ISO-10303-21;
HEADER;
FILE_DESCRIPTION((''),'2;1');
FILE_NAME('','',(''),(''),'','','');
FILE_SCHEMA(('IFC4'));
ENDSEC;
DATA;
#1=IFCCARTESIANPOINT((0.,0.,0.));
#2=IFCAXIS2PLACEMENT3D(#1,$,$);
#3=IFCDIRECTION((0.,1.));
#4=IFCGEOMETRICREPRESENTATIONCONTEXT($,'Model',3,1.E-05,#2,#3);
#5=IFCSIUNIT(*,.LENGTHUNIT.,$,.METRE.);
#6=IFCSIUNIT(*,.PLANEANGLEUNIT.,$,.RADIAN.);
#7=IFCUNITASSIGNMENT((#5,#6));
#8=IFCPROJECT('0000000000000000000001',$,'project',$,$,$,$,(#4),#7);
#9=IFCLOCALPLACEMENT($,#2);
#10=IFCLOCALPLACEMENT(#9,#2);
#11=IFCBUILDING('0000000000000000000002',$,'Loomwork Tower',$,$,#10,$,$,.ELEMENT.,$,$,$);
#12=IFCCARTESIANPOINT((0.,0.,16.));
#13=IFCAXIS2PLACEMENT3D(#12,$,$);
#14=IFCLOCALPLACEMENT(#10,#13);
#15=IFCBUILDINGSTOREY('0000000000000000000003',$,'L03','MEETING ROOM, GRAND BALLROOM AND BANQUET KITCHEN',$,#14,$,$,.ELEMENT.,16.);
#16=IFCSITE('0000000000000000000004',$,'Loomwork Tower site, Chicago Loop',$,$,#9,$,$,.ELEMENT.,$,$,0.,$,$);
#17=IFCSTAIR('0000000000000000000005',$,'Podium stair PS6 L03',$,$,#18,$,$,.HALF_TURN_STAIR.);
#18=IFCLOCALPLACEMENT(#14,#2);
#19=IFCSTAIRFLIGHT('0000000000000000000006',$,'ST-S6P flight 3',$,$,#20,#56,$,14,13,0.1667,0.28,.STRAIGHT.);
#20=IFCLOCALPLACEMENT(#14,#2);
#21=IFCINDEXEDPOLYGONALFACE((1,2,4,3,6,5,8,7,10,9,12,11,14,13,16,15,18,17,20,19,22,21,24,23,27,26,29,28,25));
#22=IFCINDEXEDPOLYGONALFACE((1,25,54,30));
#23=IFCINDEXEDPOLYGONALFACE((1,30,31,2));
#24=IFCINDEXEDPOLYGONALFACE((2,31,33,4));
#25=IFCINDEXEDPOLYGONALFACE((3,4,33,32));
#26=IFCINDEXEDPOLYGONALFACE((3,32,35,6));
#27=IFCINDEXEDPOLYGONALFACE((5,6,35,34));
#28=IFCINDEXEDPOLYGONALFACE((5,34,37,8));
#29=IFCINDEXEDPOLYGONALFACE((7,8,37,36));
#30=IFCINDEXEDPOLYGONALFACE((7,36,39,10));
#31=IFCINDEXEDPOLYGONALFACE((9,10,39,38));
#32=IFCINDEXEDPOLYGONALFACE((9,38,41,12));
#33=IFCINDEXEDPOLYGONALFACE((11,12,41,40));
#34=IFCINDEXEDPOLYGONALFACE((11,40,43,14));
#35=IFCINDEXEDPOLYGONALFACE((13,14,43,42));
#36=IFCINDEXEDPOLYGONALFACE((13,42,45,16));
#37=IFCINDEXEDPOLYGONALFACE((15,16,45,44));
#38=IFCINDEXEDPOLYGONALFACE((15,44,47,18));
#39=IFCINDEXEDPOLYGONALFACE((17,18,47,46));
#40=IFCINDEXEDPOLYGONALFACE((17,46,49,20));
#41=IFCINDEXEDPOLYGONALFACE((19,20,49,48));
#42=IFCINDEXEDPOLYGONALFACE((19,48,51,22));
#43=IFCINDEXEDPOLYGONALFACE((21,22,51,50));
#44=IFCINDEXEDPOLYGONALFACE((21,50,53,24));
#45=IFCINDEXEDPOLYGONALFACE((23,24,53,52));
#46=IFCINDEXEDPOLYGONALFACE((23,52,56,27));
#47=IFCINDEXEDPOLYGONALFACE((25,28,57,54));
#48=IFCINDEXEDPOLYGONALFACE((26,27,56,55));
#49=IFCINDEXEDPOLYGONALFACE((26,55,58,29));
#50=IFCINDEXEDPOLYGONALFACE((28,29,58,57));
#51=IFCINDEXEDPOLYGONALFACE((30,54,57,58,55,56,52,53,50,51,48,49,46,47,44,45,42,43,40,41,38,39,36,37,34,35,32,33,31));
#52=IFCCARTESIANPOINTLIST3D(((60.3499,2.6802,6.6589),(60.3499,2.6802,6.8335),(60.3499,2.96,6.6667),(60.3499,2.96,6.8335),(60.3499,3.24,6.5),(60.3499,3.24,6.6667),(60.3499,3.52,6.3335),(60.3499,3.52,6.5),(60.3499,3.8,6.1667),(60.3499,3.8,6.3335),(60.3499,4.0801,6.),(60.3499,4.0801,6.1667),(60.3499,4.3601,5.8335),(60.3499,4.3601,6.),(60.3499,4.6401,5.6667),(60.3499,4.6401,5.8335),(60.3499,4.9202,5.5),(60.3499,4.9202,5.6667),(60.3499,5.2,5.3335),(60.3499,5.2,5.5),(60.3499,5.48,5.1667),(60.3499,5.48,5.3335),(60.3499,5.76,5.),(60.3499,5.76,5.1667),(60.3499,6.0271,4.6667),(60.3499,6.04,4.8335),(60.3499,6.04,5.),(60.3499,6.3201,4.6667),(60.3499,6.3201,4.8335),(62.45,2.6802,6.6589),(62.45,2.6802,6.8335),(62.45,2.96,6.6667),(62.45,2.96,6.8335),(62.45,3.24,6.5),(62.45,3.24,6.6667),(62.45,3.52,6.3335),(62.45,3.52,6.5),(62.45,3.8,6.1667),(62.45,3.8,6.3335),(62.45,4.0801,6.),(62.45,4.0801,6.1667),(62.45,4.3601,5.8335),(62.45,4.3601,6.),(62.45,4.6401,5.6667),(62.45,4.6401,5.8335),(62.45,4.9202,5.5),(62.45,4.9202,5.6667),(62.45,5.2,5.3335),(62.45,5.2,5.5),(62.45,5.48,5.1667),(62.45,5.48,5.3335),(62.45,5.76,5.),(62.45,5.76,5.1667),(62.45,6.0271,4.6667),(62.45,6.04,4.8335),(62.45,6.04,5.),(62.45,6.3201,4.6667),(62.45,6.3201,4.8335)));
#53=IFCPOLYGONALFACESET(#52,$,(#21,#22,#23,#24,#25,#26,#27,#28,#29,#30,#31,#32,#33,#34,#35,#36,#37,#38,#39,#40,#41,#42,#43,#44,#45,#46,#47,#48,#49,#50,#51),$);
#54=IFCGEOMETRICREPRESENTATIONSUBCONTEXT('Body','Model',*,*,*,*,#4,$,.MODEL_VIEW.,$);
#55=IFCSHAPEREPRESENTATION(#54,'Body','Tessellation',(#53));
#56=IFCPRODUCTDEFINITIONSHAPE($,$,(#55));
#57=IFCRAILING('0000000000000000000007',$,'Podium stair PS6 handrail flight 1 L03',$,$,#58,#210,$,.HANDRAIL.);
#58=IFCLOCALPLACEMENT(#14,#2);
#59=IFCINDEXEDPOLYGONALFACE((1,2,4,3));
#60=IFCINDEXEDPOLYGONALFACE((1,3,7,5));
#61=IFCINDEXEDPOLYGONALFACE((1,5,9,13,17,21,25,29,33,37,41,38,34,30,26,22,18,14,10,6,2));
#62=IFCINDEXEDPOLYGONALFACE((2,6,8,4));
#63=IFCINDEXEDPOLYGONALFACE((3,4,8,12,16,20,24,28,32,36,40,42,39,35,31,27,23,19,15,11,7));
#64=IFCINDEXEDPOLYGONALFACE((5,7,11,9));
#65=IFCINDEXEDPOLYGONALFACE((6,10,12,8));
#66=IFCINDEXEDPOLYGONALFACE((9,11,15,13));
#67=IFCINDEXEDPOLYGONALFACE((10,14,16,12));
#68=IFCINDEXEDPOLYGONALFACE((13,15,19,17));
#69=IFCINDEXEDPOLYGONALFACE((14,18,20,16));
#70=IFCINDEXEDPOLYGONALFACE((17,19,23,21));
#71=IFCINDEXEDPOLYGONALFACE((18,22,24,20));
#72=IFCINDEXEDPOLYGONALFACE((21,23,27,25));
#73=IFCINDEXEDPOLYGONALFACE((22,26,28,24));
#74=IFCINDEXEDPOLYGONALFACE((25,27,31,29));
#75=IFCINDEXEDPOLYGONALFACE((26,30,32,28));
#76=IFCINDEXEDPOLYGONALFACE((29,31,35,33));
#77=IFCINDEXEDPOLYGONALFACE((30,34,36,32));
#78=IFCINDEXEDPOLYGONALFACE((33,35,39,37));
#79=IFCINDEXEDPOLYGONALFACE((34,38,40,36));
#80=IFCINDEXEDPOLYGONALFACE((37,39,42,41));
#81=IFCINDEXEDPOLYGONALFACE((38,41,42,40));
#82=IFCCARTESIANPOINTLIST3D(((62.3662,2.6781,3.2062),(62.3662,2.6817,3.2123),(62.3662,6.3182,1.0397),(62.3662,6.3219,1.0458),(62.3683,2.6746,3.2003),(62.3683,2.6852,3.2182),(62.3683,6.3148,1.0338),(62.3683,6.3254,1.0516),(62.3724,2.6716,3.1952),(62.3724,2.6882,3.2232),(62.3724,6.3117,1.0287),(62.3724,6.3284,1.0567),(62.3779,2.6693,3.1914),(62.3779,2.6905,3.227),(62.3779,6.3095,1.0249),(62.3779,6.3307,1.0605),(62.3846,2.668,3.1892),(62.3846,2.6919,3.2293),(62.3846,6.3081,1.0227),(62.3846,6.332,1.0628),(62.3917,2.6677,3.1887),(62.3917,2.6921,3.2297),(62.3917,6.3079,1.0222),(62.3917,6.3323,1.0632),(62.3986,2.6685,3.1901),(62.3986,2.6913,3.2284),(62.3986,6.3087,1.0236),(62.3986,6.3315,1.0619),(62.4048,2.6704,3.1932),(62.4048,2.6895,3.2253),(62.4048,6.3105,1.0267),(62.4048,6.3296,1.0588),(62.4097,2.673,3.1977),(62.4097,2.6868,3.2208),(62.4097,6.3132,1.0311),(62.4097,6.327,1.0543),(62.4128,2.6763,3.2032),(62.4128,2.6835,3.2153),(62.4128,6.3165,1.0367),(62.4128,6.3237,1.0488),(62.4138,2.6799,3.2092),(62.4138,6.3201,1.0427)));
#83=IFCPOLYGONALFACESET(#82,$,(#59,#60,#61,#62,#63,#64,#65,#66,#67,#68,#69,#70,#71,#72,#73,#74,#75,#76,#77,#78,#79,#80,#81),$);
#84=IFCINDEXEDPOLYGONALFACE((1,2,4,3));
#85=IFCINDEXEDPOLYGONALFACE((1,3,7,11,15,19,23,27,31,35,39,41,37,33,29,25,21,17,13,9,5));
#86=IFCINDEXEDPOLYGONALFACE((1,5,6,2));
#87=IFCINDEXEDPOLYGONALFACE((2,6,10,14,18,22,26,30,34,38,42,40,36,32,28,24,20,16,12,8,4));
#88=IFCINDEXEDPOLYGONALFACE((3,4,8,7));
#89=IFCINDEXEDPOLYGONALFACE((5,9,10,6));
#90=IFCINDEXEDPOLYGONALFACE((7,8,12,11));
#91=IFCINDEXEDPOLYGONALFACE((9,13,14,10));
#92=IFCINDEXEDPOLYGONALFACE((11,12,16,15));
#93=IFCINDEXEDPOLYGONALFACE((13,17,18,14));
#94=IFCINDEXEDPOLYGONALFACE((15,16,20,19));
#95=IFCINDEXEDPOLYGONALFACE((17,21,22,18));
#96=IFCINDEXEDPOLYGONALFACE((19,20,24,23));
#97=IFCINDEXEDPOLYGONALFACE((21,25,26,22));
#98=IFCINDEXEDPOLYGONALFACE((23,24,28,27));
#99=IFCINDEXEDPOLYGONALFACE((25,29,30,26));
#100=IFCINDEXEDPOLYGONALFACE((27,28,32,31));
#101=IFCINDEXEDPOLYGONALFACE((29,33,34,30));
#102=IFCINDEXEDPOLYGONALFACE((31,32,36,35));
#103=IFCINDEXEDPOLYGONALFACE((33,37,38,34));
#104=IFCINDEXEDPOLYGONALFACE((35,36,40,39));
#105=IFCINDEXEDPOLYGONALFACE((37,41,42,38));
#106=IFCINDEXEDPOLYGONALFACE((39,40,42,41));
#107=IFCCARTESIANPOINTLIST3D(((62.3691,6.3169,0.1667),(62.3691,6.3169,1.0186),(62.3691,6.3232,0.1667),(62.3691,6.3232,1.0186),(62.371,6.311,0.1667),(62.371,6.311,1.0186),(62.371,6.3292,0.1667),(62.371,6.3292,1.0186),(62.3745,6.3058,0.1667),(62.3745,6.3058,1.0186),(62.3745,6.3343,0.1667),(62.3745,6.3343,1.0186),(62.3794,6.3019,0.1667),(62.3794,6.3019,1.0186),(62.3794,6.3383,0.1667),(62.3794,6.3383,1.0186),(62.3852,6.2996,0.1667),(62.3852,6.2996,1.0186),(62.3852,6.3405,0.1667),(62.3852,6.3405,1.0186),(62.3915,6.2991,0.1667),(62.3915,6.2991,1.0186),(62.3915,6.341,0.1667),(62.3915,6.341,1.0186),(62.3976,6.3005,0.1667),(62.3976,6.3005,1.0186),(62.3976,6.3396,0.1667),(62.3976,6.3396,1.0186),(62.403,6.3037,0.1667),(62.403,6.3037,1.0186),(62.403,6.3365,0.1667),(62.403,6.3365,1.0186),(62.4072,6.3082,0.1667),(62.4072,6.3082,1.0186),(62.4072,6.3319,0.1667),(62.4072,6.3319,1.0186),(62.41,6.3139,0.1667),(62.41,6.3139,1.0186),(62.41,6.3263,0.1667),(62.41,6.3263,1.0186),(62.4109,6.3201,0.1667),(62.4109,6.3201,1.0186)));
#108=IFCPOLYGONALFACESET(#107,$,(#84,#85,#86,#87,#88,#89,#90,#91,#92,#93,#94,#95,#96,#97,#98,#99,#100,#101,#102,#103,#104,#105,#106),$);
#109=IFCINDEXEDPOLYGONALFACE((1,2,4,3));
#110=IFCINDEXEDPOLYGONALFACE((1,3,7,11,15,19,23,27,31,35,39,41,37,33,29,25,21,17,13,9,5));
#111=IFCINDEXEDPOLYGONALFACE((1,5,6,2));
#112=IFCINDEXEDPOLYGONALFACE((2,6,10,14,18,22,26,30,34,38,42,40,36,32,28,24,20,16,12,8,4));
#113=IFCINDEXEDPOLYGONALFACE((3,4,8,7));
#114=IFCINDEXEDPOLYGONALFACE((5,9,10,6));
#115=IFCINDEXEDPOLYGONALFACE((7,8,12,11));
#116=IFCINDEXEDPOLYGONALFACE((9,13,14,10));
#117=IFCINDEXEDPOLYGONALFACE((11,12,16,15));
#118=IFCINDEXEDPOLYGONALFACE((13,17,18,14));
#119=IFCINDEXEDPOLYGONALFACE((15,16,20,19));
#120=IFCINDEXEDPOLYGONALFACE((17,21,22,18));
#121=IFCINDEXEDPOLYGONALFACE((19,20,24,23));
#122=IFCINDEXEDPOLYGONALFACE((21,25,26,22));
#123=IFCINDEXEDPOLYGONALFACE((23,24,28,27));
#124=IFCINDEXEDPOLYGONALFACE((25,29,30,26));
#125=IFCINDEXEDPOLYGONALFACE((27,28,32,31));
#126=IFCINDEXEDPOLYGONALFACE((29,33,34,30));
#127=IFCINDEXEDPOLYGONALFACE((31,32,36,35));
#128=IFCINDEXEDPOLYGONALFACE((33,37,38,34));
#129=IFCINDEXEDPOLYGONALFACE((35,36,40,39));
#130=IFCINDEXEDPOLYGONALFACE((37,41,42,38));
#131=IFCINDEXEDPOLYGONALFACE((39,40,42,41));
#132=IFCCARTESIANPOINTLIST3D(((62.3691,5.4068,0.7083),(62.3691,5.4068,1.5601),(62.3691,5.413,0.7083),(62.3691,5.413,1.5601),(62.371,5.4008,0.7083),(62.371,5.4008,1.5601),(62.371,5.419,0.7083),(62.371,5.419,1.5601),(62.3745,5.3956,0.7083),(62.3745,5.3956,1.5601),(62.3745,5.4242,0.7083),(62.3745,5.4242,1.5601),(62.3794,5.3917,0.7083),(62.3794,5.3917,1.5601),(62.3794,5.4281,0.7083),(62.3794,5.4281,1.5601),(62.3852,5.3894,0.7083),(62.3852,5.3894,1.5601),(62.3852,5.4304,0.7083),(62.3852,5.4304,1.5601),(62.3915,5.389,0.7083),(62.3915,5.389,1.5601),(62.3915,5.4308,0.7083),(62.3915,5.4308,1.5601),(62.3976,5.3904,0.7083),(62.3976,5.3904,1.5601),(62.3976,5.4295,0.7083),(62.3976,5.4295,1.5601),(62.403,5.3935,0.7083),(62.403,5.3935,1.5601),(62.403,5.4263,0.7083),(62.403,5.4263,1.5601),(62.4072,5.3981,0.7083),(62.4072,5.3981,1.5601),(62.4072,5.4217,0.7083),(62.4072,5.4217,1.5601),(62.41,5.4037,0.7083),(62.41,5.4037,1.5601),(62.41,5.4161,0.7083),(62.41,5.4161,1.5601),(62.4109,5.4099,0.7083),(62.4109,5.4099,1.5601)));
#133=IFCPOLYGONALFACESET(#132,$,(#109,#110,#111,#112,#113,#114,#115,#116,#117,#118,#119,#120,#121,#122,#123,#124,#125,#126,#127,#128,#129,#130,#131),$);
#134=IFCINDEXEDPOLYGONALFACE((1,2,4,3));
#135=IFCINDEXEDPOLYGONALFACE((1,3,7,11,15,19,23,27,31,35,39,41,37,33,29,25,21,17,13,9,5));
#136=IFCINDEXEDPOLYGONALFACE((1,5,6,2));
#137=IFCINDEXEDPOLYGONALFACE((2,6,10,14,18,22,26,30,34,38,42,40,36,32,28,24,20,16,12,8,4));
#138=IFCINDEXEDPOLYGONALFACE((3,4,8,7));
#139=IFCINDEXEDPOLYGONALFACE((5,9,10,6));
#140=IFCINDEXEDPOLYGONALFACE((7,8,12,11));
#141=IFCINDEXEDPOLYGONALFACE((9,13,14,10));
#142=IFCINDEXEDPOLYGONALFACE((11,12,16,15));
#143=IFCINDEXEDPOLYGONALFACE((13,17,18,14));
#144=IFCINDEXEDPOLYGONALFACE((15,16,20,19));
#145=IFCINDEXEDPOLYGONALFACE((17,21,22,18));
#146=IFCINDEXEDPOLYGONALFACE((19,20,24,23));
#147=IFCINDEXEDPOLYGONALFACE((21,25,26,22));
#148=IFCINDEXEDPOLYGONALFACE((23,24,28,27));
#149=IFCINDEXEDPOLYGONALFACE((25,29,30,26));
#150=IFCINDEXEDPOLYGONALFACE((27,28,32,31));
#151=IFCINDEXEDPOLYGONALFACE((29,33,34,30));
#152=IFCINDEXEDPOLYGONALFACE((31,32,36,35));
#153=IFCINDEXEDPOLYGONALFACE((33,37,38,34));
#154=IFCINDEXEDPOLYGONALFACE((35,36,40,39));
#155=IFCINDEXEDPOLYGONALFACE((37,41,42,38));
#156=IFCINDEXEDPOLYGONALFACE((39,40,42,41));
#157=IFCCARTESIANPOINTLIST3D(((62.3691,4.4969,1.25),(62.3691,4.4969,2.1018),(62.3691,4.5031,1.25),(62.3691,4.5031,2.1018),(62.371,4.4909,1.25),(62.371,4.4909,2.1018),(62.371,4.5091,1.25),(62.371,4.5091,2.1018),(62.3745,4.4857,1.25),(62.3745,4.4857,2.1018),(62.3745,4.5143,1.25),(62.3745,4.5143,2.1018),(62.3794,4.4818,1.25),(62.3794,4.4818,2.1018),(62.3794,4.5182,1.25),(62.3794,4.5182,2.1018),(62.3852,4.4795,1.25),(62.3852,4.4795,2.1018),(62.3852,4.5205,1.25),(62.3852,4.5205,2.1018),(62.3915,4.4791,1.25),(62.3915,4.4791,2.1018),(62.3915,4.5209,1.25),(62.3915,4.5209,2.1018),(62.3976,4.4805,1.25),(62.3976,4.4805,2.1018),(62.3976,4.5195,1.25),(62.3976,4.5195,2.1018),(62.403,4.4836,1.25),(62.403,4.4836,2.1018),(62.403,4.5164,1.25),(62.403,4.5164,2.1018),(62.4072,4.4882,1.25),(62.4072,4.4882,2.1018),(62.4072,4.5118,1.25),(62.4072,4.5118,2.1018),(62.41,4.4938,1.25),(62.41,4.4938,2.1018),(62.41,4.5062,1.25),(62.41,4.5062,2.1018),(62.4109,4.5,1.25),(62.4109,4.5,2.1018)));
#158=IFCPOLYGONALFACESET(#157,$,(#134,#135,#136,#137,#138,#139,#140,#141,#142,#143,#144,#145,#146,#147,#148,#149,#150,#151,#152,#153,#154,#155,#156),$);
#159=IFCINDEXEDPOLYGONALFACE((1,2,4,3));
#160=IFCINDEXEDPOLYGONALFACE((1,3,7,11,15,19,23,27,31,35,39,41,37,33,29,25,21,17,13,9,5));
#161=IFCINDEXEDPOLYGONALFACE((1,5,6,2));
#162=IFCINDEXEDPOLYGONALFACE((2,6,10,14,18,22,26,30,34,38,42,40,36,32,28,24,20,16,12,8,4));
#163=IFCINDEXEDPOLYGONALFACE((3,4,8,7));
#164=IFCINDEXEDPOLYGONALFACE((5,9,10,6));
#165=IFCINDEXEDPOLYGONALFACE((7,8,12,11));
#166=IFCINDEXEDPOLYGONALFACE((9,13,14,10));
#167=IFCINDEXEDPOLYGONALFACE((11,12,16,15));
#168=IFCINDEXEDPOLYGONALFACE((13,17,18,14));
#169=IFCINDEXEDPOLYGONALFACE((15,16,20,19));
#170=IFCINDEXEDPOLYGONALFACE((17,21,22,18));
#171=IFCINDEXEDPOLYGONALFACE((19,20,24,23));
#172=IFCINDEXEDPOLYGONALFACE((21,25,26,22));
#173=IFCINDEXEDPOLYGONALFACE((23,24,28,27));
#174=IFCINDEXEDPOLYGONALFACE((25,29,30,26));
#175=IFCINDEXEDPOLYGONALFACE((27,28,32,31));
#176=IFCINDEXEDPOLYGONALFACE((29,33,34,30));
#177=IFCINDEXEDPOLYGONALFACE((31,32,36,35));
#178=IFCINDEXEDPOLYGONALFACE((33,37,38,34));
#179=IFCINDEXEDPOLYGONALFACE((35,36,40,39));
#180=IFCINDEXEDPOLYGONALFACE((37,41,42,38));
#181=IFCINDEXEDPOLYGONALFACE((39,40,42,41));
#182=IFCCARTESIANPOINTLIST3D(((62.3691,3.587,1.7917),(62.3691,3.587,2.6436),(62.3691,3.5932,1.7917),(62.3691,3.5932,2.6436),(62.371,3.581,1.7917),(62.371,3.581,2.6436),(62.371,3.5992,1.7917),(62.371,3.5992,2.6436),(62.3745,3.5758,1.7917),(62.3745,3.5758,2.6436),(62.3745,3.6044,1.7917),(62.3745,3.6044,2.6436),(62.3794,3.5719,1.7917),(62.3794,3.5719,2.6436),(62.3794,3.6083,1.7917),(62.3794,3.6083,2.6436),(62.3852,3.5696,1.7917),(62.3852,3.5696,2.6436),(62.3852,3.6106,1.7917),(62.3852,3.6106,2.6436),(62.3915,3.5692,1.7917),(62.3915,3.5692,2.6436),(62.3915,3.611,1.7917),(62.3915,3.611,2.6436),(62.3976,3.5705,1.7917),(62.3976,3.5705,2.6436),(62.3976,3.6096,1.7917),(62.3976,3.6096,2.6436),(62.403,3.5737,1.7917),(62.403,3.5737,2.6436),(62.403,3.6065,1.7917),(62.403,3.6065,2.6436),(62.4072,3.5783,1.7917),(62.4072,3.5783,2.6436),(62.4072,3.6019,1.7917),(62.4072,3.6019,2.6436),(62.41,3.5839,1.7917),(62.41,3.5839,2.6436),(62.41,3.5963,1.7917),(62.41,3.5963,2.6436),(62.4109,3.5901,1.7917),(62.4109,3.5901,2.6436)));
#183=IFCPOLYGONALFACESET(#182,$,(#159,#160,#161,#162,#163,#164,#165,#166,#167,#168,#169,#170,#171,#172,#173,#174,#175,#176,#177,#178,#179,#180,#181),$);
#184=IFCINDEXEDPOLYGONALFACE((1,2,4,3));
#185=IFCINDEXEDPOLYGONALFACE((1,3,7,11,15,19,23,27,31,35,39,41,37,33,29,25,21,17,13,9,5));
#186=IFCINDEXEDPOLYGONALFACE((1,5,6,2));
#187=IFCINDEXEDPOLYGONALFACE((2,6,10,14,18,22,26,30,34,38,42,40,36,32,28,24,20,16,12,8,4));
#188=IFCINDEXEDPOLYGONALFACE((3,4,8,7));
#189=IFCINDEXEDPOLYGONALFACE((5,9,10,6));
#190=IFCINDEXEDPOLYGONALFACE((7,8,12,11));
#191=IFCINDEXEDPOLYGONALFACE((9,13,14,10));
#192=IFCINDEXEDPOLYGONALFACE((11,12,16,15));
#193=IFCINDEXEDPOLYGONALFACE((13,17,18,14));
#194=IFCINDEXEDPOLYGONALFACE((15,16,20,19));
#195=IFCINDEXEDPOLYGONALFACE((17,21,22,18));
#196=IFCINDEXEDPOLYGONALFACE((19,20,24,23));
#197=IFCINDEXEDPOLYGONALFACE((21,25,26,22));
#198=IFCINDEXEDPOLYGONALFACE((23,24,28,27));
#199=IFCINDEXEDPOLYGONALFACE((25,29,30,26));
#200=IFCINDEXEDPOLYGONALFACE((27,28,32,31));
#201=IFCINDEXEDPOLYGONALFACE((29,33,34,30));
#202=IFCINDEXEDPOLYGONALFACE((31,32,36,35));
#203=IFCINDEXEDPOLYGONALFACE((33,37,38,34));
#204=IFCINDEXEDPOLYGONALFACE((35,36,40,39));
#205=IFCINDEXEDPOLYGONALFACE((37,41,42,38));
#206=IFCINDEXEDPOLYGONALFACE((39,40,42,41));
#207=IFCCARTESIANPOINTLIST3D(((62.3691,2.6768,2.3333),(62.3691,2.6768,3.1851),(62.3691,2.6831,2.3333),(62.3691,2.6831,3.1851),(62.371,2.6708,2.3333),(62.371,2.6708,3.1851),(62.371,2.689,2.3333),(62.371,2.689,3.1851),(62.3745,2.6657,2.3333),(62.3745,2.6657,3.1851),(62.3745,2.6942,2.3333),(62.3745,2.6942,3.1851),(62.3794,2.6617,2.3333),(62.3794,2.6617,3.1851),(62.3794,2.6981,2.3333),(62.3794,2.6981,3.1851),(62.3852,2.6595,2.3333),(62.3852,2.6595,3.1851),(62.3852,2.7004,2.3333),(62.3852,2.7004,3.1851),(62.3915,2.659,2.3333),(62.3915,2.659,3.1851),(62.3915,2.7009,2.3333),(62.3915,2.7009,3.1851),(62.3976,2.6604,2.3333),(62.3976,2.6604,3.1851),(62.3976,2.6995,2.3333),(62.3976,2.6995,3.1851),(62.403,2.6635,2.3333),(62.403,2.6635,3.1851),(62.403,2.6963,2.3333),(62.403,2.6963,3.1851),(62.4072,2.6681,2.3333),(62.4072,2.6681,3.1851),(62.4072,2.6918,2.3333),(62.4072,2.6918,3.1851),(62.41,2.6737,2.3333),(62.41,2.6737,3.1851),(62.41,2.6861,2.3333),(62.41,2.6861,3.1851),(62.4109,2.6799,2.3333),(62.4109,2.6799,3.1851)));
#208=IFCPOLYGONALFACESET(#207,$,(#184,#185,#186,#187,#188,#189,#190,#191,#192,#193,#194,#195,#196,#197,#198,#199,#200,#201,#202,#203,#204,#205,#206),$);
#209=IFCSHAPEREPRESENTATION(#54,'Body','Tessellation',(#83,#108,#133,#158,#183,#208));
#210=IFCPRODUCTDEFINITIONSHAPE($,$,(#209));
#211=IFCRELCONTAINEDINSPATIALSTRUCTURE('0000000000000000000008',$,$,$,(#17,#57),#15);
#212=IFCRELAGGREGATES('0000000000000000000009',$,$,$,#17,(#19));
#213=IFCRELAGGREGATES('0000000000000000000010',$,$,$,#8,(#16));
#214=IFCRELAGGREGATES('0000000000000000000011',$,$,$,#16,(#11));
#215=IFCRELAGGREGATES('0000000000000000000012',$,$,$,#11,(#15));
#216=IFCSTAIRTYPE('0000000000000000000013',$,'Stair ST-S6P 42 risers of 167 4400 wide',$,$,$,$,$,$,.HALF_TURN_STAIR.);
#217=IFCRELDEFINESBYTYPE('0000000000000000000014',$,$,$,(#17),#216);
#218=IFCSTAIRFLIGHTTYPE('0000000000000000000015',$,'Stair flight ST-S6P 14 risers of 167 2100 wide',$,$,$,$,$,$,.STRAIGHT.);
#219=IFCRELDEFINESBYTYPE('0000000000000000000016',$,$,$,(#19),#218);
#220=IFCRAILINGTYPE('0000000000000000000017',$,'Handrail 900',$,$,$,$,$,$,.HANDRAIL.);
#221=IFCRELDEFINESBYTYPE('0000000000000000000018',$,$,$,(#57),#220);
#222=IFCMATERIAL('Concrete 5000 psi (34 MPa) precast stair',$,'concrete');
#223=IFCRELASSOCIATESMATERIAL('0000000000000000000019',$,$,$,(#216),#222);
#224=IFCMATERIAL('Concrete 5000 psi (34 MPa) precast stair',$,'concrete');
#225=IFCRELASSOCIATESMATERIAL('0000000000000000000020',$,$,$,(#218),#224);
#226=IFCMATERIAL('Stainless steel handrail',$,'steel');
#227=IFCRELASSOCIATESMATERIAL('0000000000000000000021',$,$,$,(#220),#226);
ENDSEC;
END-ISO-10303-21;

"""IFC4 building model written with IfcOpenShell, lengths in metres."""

from ifc_helpers import new_model, si_unit, direction, frame, origin, origin_2d, place, context, subcontext, project, spatial, polyline, circle, outline, extrude, material, type_object, element, aggregate, save


model = new_model("IFC4")

# Units and contexts
model_context = context("Model", 3, precision=1e-05, world=origin(), true_north=direction((0.0, 1.0)))
body_context = subcontext(model_context, "Body", "Model", "MODEL_VIEW")
ifc_project = project(units=[si_unit("LENGTHUNIT", "METRE"), si_unit("PLANEANGLEUNIT", "RADIAN")], contexts=[model_context])

# Site, building, storey
site_placement = place(None, origin())
site = spatial("IfcSite", under=ifc_project, at=site_placement, Name="Loomwork Tower site, Chicago Loop", CompositionType="ELEMENT", RefElevation=0.0)
building_placement = place(site_placement, origin())
building = spatial("IfcBuilding", under=site, at=building_placement, Name="Loomwork Tower", CompositionType="ELEMENT")
storey_placement = place(building_placement, frame((0.0, 0.0, 16.0)))
storey = spatial("IfcBuildingStorey", under=building, at=storey_placement, Name="L03", Description="MEETING ROOM, GRAND BALLROOM AND BANQUET KITCHEN", CompositionType="ELEMENT", Elevation=16.0)

# Stair, stair flight
ifc_material_1 = material(Name="Concrete 5000 psi (34 MPa) precast stair", Category="concrete")
stair_type = type_object("IfcStairType", Name="Stair ST-S6P 42 risers of 167 4400 wide", PredefinedType="HALF_TURN_STAIR", material=ifc_material_1)
stair_placement = place(storey_placement, origin())
stair = element("IfcStair", 1, at=stair_placement, inside=storey, type_object=stair_type, Name="Podium stair PS6 L03", PredefinedType="HALF_TURN_STAIR")
ifc_material_2 = material(Name="Concrete 5000 psi (34 MPa) precast stair", Category="concrete")
stair_flight_type = type_object("IfcStairFlightType", Name="Stair flight ST-S6P 14 risers of 167 2100 wide", PredefinedType="STRAIGHT", material=ifc_material_2)
stair_flight_1_placement = place(storey_placement, frame((61.3999, 6.3201, 4.6667), z_axis=(0.0, 0.0, 1.0), x_axis=(0.0, -1.0, 0.0)))
stair_flight_1 = element("IfcStairFlight", 2, at=stair_flight_1_placement, type_object=stair_flight_type, Name="ST-S6P flight 3", NumberOfRisers=14, NumberOfTreads=13, PredefinedType="STRAIGHT", RiserHeight=0.1667, TreadLength=0.28, context=body_context, shape_type="SweptSolid", body=[
    extrude(outline(polyline([(0.0, 0.0), (0.0, 0.1667), (0.28, 0.1667), (0.28, 0.3333), (0.5601, 0.3333), (0.5601, 0.5), (0.8401, 0.5), (0.8401, 0.6667), (1.1201, 0.6667), (1.1201, 0.8333), (1.3999, 0.8333), (1.3999, 1.0), (1.6799, 1.0), (1.6799, 1.1667), (1.96, 1.1667), (1.96, 1.3333), (2.24, 1.3333), (2.24, 1.5), (2.52, 1.5), (2.52, 1.6667), (2.8, 1.6667), (2.8, 1.8333), (3.0801, 1.8333), (3.0801, 2.0), (3.3601, 2.0), (3.3601, 2.1667), (3.6399, 2.1667), (3.6399, 2.3333), (3.6399, 1.9922), (0.293, 0.0), (0.0, 0.0)])), frame((0.0, 1.05, 0.0), z_axis=(0.0, -1.0, 0.0), x_axis=(1.0, 0.0, 0.0)), (0.0, 0.0, 1.0), 2.1001),
])
aggregate(stair, [stair_flight_1])

# Railing
ifc_material_3 = material(Name="Stainless steel handrail", Category="steel")
railing_type = type_object("IfcRailingType", Name="Handrail 900", PredefinedType="HANDRAIL", material=ifc_material_3)
railing_1_placement = place(storey_placement, frame((62.3899, 6.3201, 0.1667)))
element("IfcRailing", 3, at=railing_1_placement, inside=storey, type_object=railing_type, Name="Podium stair PS6 handrail flight 1 L03", PredefinedType="HANDRAIL", context=body_context, shape_type="SweptSolid", body=[
    extrude(circle(Radius=0.0239, at=origin_2d()), frame((0.0, 0.0, 0.876), z_axis=(0.0, -0.859318, 0.511441), x_axis=(1.0, 0.0, 0.0)), (0.0, 0.0, 1.0), 4.2361),
    extrude(circle(Radius=0.021, at=origin_2d()), origin(), (0.0, 0.0, 1.0), 0.8518),
    extrude(circle(Radius=0.021, at=origin_2d()), frame((0.0, -0.9102, 0.5415)), (0.0, 0.0, 1.0), 0.8518),
    extrude(circle(Radius=0.021, at=origin_2d()), frame((0.0, -1.8201, 1.0833)), (0.0, 0.0, 1.0), 0.8518),
    extrude(circle(Radius=0.021, at=origin_2d()), frame((0.0, -2.73, 1.625)), (0.0, 0.0, 1.0), 0.8518),
    extrude(circle(Radius=0.021, at=origin_2d()), frame((0.0, -3.6401, 2.1665)), (0.0, 0.0, 1.0), 0.8518),
])

save(model, "model.ifc")
